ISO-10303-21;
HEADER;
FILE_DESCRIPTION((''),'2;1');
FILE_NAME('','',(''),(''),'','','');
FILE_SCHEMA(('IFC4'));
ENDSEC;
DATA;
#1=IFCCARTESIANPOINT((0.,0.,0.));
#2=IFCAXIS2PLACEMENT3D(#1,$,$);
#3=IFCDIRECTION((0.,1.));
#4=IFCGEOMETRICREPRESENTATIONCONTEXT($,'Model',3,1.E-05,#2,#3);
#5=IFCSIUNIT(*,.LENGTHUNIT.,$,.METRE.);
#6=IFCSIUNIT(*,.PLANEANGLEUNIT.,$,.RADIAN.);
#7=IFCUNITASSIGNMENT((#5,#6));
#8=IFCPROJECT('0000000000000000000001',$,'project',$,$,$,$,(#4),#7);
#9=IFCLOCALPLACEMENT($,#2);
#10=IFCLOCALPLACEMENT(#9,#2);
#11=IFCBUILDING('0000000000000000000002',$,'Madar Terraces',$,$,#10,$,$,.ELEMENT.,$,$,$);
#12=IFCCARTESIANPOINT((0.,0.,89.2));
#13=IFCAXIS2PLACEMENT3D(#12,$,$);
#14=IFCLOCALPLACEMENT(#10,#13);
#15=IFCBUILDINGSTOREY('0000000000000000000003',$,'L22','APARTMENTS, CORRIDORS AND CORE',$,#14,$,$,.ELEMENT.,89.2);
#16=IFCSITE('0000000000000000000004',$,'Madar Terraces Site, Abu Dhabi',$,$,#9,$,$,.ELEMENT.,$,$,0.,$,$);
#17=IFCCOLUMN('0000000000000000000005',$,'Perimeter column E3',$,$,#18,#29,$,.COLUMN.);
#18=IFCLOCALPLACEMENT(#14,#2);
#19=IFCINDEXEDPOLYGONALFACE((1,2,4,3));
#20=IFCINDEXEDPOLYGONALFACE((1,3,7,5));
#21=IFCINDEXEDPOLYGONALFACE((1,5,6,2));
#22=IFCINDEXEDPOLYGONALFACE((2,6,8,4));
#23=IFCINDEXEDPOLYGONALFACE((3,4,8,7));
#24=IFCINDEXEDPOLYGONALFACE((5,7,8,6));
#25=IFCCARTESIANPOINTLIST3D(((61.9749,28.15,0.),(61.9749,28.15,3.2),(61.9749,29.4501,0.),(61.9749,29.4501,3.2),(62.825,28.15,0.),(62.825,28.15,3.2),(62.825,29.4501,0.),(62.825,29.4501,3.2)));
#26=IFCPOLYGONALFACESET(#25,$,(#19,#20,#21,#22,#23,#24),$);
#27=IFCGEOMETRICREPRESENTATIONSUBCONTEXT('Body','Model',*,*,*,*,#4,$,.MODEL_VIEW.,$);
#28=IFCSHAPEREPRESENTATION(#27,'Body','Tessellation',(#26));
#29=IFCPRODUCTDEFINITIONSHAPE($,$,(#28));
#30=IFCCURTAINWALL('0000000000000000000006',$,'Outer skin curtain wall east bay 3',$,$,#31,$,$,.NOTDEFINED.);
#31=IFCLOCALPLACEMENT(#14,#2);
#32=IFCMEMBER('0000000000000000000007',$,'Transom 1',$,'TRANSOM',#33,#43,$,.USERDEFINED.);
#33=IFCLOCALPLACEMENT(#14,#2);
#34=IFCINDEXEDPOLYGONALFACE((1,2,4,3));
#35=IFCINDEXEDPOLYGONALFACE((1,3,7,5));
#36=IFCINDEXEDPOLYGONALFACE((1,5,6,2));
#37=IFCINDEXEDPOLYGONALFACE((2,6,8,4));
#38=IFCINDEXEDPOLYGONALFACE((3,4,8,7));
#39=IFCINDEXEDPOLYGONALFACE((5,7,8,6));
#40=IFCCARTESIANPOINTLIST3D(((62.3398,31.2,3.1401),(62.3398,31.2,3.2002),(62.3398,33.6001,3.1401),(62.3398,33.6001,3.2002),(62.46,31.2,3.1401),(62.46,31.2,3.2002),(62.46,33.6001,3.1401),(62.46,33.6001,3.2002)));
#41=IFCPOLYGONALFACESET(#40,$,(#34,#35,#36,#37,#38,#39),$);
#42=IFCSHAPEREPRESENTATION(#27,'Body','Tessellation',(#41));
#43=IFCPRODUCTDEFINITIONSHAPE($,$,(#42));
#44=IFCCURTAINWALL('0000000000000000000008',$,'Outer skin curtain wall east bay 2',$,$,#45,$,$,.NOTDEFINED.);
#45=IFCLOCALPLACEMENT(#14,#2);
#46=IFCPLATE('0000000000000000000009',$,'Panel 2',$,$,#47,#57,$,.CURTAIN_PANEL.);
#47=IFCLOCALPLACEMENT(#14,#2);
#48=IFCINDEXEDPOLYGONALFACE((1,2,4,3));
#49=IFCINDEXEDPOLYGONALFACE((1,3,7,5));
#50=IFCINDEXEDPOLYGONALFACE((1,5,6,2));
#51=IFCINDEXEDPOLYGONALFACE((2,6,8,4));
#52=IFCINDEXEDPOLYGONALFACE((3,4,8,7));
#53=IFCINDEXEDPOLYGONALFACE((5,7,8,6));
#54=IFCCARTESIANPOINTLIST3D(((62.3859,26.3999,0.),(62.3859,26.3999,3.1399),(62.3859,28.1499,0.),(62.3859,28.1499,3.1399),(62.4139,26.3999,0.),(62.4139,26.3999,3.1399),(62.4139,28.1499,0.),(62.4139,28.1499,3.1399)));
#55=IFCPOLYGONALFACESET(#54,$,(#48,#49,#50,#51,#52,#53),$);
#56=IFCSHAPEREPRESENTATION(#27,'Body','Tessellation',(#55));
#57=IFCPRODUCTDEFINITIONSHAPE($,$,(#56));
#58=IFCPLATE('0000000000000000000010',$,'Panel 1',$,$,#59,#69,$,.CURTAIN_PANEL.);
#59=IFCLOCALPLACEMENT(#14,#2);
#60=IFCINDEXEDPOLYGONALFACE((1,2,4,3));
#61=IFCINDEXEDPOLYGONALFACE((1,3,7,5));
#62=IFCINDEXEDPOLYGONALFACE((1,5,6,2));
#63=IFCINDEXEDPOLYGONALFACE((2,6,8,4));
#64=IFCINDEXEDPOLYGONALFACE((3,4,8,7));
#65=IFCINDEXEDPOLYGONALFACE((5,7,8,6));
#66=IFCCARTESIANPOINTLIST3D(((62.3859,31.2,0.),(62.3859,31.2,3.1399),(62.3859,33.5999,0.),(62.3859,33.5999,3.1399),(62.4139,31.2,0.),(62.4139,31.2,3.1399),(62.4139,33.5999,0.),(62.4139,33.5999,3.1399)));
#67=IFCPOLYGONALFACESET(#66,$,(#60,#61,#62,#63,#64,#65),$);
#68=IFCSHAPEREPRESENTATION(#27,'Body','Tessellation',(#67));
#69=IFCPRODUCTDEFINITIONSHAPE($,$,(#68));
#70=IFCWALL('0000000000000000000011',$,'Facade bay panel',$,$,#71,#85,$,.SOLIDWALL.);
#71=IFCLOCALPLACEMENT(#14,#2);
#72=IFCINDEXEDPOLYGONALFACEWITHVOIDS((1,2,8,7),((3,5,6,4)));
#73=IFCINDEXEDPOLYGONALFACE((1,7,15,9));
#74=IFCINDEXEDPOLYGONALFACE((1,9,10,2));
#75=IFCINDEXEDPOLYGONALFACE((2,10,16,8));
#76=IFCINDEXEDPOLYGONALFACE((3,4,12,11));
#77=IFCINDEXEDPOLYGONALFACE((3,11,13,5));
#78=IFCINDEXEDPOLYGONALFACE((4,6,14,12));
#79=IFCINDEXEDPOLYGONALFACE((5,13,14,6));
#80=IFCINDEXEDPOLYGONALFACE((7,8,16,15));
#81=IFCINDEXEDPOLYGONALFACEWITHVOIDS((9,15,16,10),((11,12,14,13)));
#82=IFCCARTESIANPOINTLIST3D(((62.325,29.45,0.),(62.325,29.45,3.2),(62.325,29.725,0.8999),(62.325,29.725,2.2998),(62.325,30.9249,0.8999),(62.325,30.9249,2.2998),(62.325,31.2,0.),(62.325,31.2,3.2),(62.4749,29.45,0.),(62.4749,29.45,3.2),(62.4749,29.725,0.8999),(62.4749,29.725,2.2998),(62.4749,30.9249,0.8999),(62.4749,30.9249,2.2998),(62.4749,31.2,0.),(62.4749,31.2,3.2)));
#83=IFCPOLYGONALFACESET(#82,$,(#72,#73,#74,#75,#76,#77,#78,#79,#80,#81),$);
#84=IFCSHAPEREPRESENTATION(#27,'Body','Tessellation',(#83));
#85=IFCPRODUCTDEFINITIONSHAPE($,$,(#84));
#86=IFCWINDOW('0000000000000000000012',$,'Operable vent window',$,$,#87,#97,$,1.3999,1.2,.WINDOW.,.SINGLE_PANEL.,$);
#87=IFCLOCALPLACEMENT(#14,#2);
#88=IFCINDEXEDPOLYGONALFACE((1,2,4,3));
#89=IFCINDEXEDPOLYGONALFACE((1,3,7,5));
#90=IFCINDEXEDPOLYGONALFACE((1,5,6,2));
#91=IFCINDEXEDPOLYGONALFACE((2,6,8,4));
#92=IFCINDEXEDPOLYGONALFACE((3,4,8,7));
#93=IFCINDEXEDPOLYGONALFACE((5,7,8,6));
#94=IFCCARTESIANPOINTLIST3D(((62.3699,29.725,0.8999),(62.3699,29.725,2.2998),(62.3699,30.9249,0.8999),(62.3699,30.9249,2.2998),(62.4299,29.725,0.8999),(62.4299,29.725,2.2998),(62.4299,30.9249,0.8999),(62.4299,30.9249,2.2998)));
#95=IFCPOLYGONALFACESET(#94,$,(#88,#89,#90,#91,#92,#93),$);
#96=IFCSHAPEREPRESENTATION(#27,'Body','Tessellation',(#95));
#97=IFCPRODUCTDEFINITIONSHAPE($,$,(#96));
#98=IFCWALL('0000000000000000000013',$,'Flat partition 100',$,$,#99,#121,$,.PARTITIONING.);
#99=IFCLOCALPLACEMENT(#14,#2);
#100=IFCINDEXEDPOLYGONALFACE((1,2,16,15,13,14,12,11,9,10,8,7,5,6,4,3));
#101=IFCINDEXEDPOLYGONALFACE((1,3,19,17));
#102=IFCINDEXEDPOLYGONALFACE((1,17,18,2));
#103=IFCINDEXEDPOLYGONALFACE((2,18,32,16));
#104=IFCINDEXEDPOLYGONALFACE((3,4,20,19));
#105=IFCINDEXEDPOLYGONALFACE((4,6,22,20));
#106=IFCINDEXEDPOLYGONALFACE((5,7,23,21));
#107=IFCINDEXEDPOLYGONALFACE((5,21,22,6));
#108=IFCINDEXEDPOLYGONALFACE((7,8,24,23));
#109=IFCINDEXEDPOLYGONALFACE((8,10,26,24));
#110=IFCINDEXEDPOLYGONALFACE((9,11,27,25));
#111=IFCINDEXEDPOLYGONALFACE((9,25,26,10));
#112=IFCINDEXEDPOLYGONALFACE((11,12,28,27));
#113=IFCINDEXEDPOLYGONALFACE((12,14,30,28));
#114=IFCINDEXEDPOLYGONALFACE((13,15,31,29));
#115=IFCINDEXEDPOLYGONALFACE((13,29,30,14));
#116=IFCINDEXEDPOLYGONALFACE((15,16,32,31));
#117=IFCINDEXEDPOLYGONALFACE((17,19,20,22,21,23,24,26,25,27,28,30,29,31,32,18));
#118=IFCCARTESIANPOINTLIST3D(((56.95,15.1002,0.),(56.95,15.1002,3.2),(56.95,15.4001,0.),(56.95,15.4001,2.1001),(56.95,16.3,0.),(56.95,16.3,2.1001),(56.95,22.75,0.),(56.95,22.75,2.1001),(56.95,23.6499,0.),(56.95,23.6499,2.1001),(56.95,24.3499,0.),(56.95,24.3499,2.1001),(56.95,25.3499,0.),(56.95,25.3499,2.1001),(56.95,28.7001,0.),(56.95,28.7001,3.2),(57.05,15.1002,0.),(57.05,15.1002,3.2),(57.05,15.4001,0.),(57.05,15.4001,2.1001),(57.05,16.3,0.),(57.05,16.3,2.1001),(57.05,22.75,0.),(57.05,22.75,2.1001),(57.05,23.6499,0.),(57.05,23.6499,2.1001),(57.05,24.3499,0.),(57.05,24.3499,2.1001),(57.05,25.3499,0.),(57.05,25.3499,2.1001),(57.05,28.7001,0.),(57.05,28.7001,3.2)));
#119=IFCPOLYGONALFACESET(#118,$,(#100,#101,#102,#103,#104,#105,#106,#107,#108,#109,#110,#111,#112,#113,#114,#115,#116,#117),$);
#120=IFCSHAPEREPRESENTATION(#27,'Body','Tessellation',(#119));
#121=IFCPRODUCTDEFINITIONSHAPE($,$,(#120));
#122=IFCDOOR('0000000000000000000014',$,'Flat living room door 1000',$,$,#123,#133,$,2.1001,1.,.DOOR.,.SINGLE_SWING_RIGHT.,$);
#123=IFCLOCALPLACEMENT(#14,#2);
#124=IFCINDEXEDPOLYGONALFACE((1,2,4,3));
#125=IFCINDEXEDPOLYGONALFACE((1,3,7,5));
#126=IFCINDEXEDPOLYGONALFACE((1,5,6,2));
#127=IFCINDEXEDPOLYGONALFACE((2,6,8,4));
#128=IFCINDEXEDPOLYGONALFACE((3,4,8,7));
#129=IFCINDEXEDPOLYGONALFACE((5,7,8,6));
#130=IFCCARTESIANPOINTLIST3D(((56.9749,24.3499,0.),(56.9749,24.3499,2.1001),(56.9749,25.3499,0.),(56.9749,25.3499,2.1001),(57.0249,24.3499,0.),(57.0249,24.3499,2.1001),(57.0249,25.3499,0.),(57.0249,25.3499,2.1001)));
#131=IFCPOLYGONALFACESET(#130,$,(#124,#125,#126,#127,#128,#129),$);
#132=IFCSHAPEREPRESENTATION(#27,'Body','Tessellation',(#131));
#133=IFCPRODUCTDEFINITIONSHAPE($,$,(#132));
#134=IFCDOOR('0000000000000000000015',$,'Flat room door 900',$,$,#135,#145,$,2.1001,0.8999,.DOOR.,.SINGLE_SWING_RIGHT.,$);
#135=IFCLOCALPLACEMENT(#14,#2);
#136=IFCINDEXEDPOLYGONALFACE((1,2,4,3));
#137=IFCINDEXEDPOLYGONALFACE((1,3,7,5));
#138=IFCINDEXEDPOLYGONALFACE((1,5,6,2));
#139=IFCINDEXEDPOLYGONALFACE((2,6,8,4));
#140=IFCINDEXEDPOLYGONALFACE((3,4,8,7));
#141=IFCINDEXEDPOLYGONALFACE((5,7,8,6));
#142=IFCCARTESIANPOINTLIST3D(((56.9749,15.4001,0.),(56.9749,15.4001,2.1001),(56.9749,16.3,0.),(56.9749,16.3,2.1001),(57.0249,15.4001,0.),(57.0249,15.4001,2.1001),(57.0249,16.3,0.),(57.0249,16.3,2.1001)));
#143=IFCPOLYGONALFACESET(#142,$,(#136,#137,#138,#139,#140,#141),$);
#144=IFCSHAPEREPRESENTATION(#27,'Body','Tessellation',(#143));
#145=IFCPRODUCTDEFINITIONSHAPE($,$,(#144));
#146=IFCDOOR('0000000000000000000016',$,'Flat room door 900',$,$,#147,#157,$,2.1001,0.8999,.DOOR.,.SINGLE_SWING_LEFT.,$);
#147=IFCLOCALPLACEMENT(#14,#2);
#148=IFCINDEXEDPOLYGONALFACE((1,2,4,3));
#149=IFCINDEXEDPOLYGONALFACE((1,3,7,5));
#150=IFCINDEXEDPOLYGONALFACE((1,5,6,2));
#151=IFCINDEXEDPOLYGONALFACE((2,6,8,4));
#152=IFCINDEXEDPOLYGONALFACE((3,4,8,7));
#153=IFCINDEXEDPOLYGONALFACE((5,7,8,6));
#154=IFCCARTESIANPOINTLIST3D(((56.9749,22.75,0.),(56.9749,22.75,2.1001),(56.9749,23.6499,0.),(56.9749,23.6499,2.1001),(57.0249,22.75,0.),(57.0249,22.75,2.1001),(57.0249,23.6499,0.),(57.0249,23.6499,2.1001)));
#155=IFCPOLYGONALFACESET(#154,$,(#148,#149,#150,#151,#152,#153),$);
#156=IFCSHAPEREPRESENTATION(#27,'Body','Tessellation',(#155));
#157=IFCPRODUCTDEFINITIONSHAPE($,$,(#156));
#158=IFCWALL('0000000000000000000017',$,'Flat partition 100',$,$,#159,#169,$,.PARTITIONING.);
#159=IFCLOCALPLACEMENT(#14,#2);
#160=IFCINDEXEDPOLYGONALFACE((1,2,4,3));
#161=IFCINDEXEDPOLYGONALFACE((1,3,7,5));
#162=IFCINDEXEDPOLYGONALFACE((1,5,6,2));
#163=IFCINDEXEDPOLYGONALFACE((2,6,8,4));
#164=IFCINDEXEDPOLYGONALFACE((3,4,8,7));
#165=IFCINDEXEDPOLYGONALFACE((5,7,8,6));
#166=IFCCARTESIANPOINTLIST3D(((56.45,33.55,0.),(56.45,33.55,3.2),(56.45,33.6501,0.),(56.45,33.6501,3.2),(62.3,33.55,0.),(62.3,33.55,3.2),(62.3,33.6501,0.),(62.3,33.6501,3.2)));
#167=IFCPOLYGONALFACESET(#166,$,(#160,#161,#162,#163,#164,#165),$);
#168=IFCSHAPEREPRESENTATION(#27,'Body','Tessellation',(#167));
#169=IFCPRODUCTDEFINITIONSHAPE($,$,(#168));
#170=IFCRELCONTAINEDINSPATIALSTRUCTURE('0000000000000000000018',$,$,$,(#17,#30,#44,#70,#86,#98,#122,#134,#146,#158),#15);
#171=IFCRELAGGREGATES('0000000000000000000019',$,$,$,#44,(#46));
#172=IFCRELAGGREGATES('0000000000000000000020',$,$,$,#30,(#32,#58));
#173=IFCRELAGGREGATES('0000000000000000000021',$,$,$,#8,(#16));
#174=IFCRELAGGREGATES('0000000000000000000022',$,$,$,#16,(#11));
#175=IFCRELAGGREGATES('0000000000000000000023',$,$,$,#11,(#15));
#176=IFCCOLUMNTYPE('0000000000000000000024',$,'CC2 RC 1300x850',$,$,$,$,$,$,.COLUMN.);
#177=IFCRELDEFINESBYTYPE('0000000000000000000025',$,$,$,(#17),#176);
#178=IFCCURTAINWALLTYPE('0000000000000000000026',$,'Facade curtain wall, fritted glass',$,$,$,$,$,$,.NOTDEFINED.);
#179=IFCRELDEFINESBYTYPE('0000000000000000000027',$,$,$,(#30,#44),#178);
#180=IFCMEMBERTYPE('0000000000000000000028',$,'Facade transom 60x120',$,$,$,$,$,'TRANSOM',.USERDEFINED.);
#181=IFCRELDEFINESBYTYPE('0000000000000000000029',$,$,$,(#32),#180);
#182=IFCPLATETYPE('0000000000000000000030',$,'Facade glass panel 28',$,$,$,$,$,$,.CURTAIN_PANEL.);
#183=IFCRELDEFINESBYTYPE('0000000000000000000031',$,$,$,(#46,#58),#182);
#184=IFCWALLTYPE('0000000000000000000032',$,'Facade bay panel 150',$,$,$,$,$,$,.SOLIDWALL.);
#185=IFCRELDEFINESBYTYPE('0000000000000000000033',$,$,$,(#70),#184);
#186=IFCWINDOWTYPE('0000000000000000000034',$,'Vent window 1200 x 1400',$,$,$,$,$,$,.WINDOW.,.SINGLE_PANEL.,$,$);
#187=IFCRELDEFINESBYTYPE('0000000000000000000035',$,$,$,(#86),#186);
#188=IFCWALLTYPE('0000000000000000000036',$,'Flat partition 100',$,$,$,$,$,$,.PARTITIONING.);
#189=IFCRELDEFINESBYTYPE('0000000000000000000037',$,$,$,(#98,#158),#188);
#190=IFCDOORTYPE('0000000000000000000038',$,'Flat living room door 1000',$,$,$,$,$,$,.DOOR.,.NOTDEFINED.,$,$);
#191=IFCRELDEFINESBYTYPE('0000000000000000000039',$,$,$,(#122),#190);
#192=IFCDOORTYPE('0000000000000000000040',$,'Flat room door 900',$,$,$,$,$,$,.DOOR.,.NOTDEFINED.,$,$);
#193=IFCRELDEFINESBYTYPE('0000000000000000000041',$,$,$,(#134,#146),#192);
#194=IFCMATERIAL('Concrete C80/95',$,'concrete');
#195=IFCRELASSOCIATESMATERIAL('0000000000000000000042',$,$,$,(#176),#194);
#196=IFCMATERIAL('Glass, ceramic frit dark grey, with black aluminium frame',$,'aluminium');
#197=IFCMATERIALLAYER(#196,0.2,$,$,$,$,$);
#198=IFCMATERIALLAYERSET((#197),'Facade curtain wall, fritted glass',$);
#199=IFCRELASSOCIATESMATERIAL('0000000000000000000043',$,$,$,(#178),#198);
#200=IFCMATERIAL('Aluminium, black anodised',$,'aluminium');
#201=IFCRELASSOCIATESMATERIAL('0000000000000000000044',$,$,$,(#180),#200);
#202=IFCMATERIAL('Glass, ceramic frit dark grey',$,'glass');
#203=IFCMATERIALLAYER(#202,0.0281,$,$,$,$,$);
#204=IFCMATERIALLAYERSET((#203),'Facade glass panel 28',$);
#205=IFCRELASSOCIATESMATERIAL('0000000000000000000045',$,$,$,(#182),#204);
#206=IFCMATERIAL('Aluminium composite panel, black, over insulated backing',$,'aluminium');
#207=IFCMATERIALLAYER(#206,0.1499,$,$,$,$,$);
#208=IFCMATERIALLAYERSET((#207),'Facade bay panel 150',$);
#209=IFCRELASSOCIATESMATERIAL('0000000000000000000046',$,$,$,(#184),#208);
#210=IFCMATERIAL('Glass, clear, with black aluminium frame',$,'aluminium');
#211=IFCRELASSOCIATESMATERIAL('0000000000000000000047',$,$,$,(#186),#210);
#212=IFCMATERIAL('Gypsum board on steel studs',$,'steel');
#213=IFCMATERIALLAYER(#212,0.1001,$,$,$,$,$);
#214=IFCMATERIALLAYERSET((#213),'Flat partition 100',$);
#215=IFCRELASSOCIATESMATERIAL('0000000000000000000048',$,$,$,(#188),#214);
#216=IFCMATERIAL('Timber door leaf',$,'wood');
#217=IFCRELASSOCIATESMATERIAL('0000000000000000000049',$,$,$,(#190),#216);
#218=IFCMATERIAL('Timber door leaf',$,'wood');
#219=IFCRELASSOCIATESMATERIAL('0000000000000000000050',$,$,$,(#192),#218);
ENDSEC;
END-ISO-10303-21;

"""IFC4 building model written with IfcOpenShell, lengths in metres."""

from ifc_helpers import new_model, si_unit, direction, frame, frame_2d, origin, origin_2d, place, context, subcontext, project, spatial, rectangle, extrude, material, layer, layer_set, material_profile, profile_set, type_object, element, fill, aggregate, save


model = new_model("IFC4")

# Units and contexts
model_context = context("Model", 3, precision=1e-05, world=origin(), true_north=direction((0.0, 1.0)))
body_context = subcontext(model_context, "Body", "Model", "MODEL_VIEW")
ifc_project = project(units=[si_unit("LENGTHUNIT", "METRE"), si_unit("PLANEANGLEUNIT", "RADIAN")], contexts=[model_context])

# Site, building, storey
site_placement = place(None, origin())
site = spatial("IfcSite", under=ifc_project, at=site_placement, Name="Madar Terraces Site, Abu Dhabi", CompositionType="ELEMENT", RefElevation=0.0)
building_placement = place(site_placement, origin())
building = spatial("IfcBuilding", under=site, at=building_placement, Name="Madar Terraces", CompositionType="ELEMENT")
storey_placement = place(building_placement, frame((0.0, 0.0, 89.2)))
storey = spatial("IfcBuildingStorey", under=building, at=storey_placement, Name="L22", Description="APARTMENTS, CORRIDORS AND CORE", CompositionType="ELEMENT", Elevation=89.2)

# Column
ifc_material_1 = material(Name="Concrete C80/95", Category="concrete")
ifc_material_profile_1 = material_profile(ifc_material_1, rectangle(XDim=1.3, YDim=0.8501, at=origin_2d()), Name="CC2 RC 1300x850")
ifc_profile_set_1 = profile_set([ifc_material_profile_1], Name="Concrete C80/95")
column_type = type_object("IfcColumnType", Name="CC2 RC 1300x850", PredefinedType="COLUMN", material=ifc_profile_set_1)
column_placement = place(storey_placement, frame((62.3999, 28.8, 0.0), z_axis=(0.0, 0.0, 1.0), x_axis=(0.0, 1.0, 0.0)))
element("IfcColumn", 1, at=column_placement, inside=storey, type_object=column_type, Name="Perimeter column E3", PredefinedType="COLUMN", context=body_context, shape_type="SweptSolid", body=[
    extrude(rectangle(XDim=1.3, YDim=0.8501, at=origin_2d()), origin(), (0.0, 0.0, 1.0), 3.2),
])

# Curtain wall, member
ifc_material_2 = material(Name="Glass, ceramic frit dark grey, with black aluminium frame", Category="aluminium")
ifc_layer_1 = layer(ifc_material_2, 0.2)
ifc_layer_set_1 = layer_set([ifc_layer_1], Name="Facade curtain wall, fritted glass")
curtain_wall_type = type_object("IfcCurtainWallType", Name="Facade curtain wall, fritted glass", PredefinedType="NOTDEFINED", material=ifc_layer_set_1)
curtain_wall_1_placement = place(storey_placement, origin())
curtain_wall_1 = element("IfcCurtainWall", 2, at=curtain_wall_1_placement, inside=storey, type_object=curtain_wall_type, Name="Outer skin curtain wall east bay 3", PredefinedType="NOTDEFINED")
ifc_material_3 = material(Name="Aluminium, black anodised", Category="aluminium")
ifc_material_profile_2 = material_profile(ifc_material_3, rectangle(XDim=0.1201, YDim=0.0601, at=origin_2d()), Name="Facade transom 60x120")
ifc_profile_set_2 = profile_set([ifc_material_profile_2], Name="Aluminium, black anodised")
member_type = type_object("IfcMemberType", Name="Facade transom 60x120", ElementType="TRANSOM", PredefinedType="USERDEFINED", material=ifc_profile_set_2)
member_placement = place(storey_placement, frame((62.3999, 31.2, 3.1702), z_axis=(0.0, 1.0, 0.0), x_axis=(-1.0, 0.0, 0.0)))
member = element("IfcMember", 3, at=member_placement, type_object=member_type, Name="Transom 1", ObjectType="TRANSOM", PredefinedType="USERDEFINED", context=body_context, shape_type="SweptSolid", body=[
    extrude(rectangle(XDim=0.1201, YDim=0.0601, at=origin_2d()), origin(), (0.0, 0.0, 1.0), 2.4001),
])

# Curtain wall, plate
curtain_wall_2_placement = place(storey_placement, origin())
curtain_wall_2 = element("IfcCurtainWall", 4, at=curtain_wall_2_placement, inside=storey, type_object=curtain_wall_type, Name="Outer skin curtain wall east bay 2", PredefinedType="NOTDEFINED")
ifc_material_4 = material(Name="Glass, ceramic frit dark grey", Category="glass")
ifc_layer_2 = layer(ifc_material_4, 0.0281)
ifc_layer_set_2 = layer_set([ifc_layer_2], Name="Facade glass panel 28")
plate_type = type_object("IfcPlateType", Name="Facade glass panel 28", PredefinedType="CURTAIN_PANEL", material=ifc_layer_set_2)
plate_1_placement = place(storey_placement, frame((62.3999, 27.2749, 0.0), z_axis=(0.0, 0.0, 1.0), x_axis=(0.0, 1.0, 0.0)))
plate_1 = element("IfcPlate", 5, at=plate_1_placement, type_object=plate_type, Name="Panel 2", PredefinedType="CURTAIN_PANEL", context=body_context, shape_type="SweptSolid", body=[
    extrude(rectangle(XDim=1.75, YDim=0.0281, at=origin_2d()), origin(), (0.0, 0.0, 1.0), 3.1399),
])
aggregate(curtain_wall_2, [plate_1])

# Plate
plate_2_placement = place(storey_placement, frame((62.3999, 32.3999, 0.0), z_axis=(0.0, 0.0, 1.0), x_axis=(0.0, 1.0, 0.0)))
plate_2 = element("IfcPlate", 6, at=plate_2_placement, type_object=plate_type, Name="Panel 1", PredefinedType="CURTAIN_PANEL", context=body_context, shape_type="SweptSolid", body=[
    extrude(rectangle(XDim=2.3999, YDim=0.0281, at=origin_2d()), origin(), (0.0, 0.0, 1.0), 3.1399),
])
aggregate(curtain_wall_1, [member, plate_2])

# Wall, opening, window
ifc_material_5 = material(Name="Aluminium composite panel, black, over insulated backing", Category="aluminium")
ifc_layer_3 = layer(ifc_material_5, 0.1499)
ifc_layer_set_3 = layer_set([ifc_layer_3], Name="Facade bay panel 150")
wall_type_1 = type_object("IfcWallType", Name="Facade bay panel 150", PredefinedType="SOLIDWALL", material=ifc_layer_set_3)
wall_1_placement = place(storey_placement, frame((62.3999, 29.45, 0.0), z_axis=(0.0, 0.0, 1.0), x_axis=(0.0, 1.0, 0.0)))
wall_1 = element("IfcWall", 7, at=wall_1_placement, inside=storey, type_object=wall_type_1, Name="Facade bay panel", PredefinedType="SOLIDWALL", context=body_context, shape_type="SweptSolid", body=[
    extrude(rectangle(XDim=1.75, YDim=0.1499, at=frame_2d((0.875, 0.0))), origin(), (0.0, 0.0, 1.0), 3.2),
])
opening_1_placement = place(wall_1_placement, frame((0.2749, 0.0, 0.8999)))
opening_1 = element("IfcOpeningElement", 8, at=opening_1_placement, cuts=wall_1, PredefinedType="OPENING", context=body_context, shape_type="SweptSolid", body=[
    extrude(rectangle(XDim=1.2, YDim=1.3999, at=frame_2d((0.6001, 0.7))), frame((0.0, 0.085, 0.0), z_axis=(0.0, -1.0, 0.0), x_axis=(1.0, 0.0, 0.0)), (0.0, 0.0, 1.0), 0.1699),
])
ifc_material_6 = material(Name="Glass, clear, with black aluminium frame", Category="aluminium")
window_type = type_object("IfcWindowType", Name="Vent window 1200 x 1400", PartitioningType="SINGLE_PANEL", PredefinedType="WINDOW", material=ifc_material_6)
window_placement = place(opening_1_placement, origin())
window = element("IfcWindow", 9, at=window_placement, inside=storey, type_object=window_type, Name="Operable vent window", OverallHeight=1.3999, OverallWidth=1.2, PartitioningType="SINGLE_PANEL", PredefinedType="WINDOW", context=body_context, shape_type="SweptSolid", body=[
    extrude(rectangle(XDim=1.2, YDim=1.3999, at=frame_2d((0.6001, 0.7))), frame((0.0, 0.03, 0.0), z_axis=(0.0, -1.0, 0.0), x_axis=(1.0, 0.0, 0.0)), (0.0, 0.0, 1.0), 0.0601),
])
fill(opening_1, window)

# Wall, openings, doors
ifc_material_7 = material(Name="Gypsum board on steel studs", Category="steel")
ifc_layer_4 = layer(ifc_material_7, 0.1001)
ifc_layer_set_4 = layer_set([ifc_layer_4], Name="Flat partition 100")
wall_type_2 = type_object("IfcWallType", Name="Flat partition 100", PredefinedType="PARTITIONING", material=ifc_layer_set_4)
wall_2_placement = place(storey_placement, frame((57.0, 28.7, 0.0), z_axis=(0.0, 0.0, 1.0), x_axis=(0.0, -1.0, 0.0)))
wall_2 = element("IfcWall", 10, at=wall_2_placement, inside=storey, type_object=wall_type_2, Name="Flat partition 100", PredefinedType="PARTITIONING", context=body_context, shape_type="SweptSolid", body=[
    extrude(rectangle(XDim=13.5999, YDim=0.1001, at=frame_2d((6.7998, 0.0))), origin(), (0.0, 0.0, 1.0), 3.2),
])
opening_2_placement = place(wall_2_placement, frame((12.3999, 0.0, 0.0)))
opening_2 = element("IfcOpeningElement", 11, at=opening_2_placement, cuts=wall_2, PredefinedType="OPENING", context=body_context, shape_type="SweptSolid", body=[
    extrude(rectangle(XDim=0.8999, YDim=2.1001, at=frame_2d((0.45, 1.05))), frame((0.0, 0.0601, 0.0), z_axis=(0.0, -1.0, 0.0), x_axis=(1.0, 0.0, 0.0)), (0.0, 0.0, 1.0), 0.1201),
])
opening_3_placement = place(wall_2_placement, frame((5.05, 0.0, 0.0)))
opening_3 = element("IfcOpeningElement", 12, at=opening_3_placement, cuts=wall_2, PredefinedType="OPENING", context=body_context, shape_type="SweptSolid", body=[
    extrude(rectangle(XDim=0.8999, YDim=2.1001, at=frame_2d((0.45, 1.05))), frame((0.0, 0.0601, 0.0), z_axis=(0.0, -1.0, 0.0), x_axis=(1.0, 0.0, 0.0)), (0.0, 0.0, 1.0), 0.1201),
])
opening_4_placement = place(wall_2_placement, frame((3.3501, 0.0, 0.0)))
opening_4 = element("IfcOpeningElement", 13, at=opening_4_placement, cuts=wall_2, PredefinedType="OPENING", context=body_context, shape_type="SweptSolid", body=[
    extrude(rectangle(XDim=1.0, YDim=2.1001, at=frame_2d((0.5, 1.05))), frame((0.0, 0.0601, 0.0), z_axis=(0.0, -1.0, 0.0), x_axis=(1.0, 0.0, 0.0)), (0.0, 0.0, 1.0), 0.1201),
])
ifc_material_8 = material(Name="Timber door leaf", Category="wood")
door_type_1 = type_object("IfcDoorType", Name="Flat living room door 1000", OperationType="NOTDEFINED", PredefinedType="DOOR", material=ifc_material_8)
door_1_placement = place(opening_4_placement, origin())
door_1 = element("IfcDoor", 14, at=door_1_placement, inside=storey, type_object=door_type_1, Name="Flat living room door 1000", OperationType="SINGLE_SWING_RIGHT", OverallHeight=2.1001, OverallWidth=1.0, PredefinedType="DOOR", context=body_context, shape_type="SweptSolid", body=[
    extrude(rectangle(XDim=1.0, YDim=2.1001, at=frame_2d((0.5, 1.05))), frame((0.0, 0.0249, 0.0), z_axis=(0.0, -1.0, 0.0), x_axis=(1.0, 0.0, 0.0)), (0.0, 0.0, 1.0), 0.05),
])
fill(opening_4, door_1)
ifc_material_9 = material(Name="Timber door leaf", Category="wood")
door_type_2 = type_object("IfcDoorType", Name="Flat room door 900", OperationType="NOTDEFINED", PredefinedType="DOOR", material=ifc_material_9)
door_2_placement = place(opening_2_placement, origin())
door_2 = element("IfcDoor", 15, at=door_2_placement, inside=storey, type_object=door_type_2, Name="Flat room door 900", OperationType="SINGLE_SWING_RIGHT", OverallHeight=2.1001, OverallWidth=0.8999, PredefinedType="DOOR", context=body_context, shape_type="SweptSolid", body=[
    extrude(rectangle(XDim=0.8999, YDim=2.1001, at=frame_2d((0.45, 1.05))), frame((0.0, 0.0249, 0.0), z_axis=(0.0, -1.0, 0.0), x_axis=(1.0, 0.0, 0.0)), (0.0, 0.0, 1.0), 0.05),
])
fill(opening_2, door_2)
door_3_placement = place(opening_3_placement, origin())
door_3 = element("IfcDoor", 16, at=door_3_placement, inside=storey, type_object=door_type_2, Name="Flat room door 900", OperationType="SINGLE_SWING_LEFT", OverallHeight=2.1001, OverallWidth=0.8999, PredefinedType="DOOR", context=body_context, shape_type="SweptSolid", body=[
    extrude(rectangle(XDim=0.8999, YDim=2.1001, at=frame_2d((0.45, 1.05))), frame((0.0, 0.0249, 0.0), z_axis=(0.0, -1.0, 0.0), x_axis=(1.0, 0.0, 0.0)), (0.0, 0.0, 1.0), 0.05),
])
fill(opening_3, door_3)

# Wall
wall_3_placement = place(storey_placement, frame((56.45, 33.6001, 0.0), z_axis=(0.0, 0.0, 1.0), x_axis=(1.0, 0.0, 0.0)))
element("IfcWall", 17, at=wall_3_placement, inside=storey, type_object=wall_type_2, Name="Flat partition 100", PredefinedType="PARTITIONING", context=body_context, shape_type="SweptSolid", body=[
    extrude(rectangle(XDim=5.8501, YDim=0.1001, at=frame_2d((2.925, 0.0))), origin(), (0.0, 0.0, 1.0), 3.2),
])

save(model, "model.ifc")
